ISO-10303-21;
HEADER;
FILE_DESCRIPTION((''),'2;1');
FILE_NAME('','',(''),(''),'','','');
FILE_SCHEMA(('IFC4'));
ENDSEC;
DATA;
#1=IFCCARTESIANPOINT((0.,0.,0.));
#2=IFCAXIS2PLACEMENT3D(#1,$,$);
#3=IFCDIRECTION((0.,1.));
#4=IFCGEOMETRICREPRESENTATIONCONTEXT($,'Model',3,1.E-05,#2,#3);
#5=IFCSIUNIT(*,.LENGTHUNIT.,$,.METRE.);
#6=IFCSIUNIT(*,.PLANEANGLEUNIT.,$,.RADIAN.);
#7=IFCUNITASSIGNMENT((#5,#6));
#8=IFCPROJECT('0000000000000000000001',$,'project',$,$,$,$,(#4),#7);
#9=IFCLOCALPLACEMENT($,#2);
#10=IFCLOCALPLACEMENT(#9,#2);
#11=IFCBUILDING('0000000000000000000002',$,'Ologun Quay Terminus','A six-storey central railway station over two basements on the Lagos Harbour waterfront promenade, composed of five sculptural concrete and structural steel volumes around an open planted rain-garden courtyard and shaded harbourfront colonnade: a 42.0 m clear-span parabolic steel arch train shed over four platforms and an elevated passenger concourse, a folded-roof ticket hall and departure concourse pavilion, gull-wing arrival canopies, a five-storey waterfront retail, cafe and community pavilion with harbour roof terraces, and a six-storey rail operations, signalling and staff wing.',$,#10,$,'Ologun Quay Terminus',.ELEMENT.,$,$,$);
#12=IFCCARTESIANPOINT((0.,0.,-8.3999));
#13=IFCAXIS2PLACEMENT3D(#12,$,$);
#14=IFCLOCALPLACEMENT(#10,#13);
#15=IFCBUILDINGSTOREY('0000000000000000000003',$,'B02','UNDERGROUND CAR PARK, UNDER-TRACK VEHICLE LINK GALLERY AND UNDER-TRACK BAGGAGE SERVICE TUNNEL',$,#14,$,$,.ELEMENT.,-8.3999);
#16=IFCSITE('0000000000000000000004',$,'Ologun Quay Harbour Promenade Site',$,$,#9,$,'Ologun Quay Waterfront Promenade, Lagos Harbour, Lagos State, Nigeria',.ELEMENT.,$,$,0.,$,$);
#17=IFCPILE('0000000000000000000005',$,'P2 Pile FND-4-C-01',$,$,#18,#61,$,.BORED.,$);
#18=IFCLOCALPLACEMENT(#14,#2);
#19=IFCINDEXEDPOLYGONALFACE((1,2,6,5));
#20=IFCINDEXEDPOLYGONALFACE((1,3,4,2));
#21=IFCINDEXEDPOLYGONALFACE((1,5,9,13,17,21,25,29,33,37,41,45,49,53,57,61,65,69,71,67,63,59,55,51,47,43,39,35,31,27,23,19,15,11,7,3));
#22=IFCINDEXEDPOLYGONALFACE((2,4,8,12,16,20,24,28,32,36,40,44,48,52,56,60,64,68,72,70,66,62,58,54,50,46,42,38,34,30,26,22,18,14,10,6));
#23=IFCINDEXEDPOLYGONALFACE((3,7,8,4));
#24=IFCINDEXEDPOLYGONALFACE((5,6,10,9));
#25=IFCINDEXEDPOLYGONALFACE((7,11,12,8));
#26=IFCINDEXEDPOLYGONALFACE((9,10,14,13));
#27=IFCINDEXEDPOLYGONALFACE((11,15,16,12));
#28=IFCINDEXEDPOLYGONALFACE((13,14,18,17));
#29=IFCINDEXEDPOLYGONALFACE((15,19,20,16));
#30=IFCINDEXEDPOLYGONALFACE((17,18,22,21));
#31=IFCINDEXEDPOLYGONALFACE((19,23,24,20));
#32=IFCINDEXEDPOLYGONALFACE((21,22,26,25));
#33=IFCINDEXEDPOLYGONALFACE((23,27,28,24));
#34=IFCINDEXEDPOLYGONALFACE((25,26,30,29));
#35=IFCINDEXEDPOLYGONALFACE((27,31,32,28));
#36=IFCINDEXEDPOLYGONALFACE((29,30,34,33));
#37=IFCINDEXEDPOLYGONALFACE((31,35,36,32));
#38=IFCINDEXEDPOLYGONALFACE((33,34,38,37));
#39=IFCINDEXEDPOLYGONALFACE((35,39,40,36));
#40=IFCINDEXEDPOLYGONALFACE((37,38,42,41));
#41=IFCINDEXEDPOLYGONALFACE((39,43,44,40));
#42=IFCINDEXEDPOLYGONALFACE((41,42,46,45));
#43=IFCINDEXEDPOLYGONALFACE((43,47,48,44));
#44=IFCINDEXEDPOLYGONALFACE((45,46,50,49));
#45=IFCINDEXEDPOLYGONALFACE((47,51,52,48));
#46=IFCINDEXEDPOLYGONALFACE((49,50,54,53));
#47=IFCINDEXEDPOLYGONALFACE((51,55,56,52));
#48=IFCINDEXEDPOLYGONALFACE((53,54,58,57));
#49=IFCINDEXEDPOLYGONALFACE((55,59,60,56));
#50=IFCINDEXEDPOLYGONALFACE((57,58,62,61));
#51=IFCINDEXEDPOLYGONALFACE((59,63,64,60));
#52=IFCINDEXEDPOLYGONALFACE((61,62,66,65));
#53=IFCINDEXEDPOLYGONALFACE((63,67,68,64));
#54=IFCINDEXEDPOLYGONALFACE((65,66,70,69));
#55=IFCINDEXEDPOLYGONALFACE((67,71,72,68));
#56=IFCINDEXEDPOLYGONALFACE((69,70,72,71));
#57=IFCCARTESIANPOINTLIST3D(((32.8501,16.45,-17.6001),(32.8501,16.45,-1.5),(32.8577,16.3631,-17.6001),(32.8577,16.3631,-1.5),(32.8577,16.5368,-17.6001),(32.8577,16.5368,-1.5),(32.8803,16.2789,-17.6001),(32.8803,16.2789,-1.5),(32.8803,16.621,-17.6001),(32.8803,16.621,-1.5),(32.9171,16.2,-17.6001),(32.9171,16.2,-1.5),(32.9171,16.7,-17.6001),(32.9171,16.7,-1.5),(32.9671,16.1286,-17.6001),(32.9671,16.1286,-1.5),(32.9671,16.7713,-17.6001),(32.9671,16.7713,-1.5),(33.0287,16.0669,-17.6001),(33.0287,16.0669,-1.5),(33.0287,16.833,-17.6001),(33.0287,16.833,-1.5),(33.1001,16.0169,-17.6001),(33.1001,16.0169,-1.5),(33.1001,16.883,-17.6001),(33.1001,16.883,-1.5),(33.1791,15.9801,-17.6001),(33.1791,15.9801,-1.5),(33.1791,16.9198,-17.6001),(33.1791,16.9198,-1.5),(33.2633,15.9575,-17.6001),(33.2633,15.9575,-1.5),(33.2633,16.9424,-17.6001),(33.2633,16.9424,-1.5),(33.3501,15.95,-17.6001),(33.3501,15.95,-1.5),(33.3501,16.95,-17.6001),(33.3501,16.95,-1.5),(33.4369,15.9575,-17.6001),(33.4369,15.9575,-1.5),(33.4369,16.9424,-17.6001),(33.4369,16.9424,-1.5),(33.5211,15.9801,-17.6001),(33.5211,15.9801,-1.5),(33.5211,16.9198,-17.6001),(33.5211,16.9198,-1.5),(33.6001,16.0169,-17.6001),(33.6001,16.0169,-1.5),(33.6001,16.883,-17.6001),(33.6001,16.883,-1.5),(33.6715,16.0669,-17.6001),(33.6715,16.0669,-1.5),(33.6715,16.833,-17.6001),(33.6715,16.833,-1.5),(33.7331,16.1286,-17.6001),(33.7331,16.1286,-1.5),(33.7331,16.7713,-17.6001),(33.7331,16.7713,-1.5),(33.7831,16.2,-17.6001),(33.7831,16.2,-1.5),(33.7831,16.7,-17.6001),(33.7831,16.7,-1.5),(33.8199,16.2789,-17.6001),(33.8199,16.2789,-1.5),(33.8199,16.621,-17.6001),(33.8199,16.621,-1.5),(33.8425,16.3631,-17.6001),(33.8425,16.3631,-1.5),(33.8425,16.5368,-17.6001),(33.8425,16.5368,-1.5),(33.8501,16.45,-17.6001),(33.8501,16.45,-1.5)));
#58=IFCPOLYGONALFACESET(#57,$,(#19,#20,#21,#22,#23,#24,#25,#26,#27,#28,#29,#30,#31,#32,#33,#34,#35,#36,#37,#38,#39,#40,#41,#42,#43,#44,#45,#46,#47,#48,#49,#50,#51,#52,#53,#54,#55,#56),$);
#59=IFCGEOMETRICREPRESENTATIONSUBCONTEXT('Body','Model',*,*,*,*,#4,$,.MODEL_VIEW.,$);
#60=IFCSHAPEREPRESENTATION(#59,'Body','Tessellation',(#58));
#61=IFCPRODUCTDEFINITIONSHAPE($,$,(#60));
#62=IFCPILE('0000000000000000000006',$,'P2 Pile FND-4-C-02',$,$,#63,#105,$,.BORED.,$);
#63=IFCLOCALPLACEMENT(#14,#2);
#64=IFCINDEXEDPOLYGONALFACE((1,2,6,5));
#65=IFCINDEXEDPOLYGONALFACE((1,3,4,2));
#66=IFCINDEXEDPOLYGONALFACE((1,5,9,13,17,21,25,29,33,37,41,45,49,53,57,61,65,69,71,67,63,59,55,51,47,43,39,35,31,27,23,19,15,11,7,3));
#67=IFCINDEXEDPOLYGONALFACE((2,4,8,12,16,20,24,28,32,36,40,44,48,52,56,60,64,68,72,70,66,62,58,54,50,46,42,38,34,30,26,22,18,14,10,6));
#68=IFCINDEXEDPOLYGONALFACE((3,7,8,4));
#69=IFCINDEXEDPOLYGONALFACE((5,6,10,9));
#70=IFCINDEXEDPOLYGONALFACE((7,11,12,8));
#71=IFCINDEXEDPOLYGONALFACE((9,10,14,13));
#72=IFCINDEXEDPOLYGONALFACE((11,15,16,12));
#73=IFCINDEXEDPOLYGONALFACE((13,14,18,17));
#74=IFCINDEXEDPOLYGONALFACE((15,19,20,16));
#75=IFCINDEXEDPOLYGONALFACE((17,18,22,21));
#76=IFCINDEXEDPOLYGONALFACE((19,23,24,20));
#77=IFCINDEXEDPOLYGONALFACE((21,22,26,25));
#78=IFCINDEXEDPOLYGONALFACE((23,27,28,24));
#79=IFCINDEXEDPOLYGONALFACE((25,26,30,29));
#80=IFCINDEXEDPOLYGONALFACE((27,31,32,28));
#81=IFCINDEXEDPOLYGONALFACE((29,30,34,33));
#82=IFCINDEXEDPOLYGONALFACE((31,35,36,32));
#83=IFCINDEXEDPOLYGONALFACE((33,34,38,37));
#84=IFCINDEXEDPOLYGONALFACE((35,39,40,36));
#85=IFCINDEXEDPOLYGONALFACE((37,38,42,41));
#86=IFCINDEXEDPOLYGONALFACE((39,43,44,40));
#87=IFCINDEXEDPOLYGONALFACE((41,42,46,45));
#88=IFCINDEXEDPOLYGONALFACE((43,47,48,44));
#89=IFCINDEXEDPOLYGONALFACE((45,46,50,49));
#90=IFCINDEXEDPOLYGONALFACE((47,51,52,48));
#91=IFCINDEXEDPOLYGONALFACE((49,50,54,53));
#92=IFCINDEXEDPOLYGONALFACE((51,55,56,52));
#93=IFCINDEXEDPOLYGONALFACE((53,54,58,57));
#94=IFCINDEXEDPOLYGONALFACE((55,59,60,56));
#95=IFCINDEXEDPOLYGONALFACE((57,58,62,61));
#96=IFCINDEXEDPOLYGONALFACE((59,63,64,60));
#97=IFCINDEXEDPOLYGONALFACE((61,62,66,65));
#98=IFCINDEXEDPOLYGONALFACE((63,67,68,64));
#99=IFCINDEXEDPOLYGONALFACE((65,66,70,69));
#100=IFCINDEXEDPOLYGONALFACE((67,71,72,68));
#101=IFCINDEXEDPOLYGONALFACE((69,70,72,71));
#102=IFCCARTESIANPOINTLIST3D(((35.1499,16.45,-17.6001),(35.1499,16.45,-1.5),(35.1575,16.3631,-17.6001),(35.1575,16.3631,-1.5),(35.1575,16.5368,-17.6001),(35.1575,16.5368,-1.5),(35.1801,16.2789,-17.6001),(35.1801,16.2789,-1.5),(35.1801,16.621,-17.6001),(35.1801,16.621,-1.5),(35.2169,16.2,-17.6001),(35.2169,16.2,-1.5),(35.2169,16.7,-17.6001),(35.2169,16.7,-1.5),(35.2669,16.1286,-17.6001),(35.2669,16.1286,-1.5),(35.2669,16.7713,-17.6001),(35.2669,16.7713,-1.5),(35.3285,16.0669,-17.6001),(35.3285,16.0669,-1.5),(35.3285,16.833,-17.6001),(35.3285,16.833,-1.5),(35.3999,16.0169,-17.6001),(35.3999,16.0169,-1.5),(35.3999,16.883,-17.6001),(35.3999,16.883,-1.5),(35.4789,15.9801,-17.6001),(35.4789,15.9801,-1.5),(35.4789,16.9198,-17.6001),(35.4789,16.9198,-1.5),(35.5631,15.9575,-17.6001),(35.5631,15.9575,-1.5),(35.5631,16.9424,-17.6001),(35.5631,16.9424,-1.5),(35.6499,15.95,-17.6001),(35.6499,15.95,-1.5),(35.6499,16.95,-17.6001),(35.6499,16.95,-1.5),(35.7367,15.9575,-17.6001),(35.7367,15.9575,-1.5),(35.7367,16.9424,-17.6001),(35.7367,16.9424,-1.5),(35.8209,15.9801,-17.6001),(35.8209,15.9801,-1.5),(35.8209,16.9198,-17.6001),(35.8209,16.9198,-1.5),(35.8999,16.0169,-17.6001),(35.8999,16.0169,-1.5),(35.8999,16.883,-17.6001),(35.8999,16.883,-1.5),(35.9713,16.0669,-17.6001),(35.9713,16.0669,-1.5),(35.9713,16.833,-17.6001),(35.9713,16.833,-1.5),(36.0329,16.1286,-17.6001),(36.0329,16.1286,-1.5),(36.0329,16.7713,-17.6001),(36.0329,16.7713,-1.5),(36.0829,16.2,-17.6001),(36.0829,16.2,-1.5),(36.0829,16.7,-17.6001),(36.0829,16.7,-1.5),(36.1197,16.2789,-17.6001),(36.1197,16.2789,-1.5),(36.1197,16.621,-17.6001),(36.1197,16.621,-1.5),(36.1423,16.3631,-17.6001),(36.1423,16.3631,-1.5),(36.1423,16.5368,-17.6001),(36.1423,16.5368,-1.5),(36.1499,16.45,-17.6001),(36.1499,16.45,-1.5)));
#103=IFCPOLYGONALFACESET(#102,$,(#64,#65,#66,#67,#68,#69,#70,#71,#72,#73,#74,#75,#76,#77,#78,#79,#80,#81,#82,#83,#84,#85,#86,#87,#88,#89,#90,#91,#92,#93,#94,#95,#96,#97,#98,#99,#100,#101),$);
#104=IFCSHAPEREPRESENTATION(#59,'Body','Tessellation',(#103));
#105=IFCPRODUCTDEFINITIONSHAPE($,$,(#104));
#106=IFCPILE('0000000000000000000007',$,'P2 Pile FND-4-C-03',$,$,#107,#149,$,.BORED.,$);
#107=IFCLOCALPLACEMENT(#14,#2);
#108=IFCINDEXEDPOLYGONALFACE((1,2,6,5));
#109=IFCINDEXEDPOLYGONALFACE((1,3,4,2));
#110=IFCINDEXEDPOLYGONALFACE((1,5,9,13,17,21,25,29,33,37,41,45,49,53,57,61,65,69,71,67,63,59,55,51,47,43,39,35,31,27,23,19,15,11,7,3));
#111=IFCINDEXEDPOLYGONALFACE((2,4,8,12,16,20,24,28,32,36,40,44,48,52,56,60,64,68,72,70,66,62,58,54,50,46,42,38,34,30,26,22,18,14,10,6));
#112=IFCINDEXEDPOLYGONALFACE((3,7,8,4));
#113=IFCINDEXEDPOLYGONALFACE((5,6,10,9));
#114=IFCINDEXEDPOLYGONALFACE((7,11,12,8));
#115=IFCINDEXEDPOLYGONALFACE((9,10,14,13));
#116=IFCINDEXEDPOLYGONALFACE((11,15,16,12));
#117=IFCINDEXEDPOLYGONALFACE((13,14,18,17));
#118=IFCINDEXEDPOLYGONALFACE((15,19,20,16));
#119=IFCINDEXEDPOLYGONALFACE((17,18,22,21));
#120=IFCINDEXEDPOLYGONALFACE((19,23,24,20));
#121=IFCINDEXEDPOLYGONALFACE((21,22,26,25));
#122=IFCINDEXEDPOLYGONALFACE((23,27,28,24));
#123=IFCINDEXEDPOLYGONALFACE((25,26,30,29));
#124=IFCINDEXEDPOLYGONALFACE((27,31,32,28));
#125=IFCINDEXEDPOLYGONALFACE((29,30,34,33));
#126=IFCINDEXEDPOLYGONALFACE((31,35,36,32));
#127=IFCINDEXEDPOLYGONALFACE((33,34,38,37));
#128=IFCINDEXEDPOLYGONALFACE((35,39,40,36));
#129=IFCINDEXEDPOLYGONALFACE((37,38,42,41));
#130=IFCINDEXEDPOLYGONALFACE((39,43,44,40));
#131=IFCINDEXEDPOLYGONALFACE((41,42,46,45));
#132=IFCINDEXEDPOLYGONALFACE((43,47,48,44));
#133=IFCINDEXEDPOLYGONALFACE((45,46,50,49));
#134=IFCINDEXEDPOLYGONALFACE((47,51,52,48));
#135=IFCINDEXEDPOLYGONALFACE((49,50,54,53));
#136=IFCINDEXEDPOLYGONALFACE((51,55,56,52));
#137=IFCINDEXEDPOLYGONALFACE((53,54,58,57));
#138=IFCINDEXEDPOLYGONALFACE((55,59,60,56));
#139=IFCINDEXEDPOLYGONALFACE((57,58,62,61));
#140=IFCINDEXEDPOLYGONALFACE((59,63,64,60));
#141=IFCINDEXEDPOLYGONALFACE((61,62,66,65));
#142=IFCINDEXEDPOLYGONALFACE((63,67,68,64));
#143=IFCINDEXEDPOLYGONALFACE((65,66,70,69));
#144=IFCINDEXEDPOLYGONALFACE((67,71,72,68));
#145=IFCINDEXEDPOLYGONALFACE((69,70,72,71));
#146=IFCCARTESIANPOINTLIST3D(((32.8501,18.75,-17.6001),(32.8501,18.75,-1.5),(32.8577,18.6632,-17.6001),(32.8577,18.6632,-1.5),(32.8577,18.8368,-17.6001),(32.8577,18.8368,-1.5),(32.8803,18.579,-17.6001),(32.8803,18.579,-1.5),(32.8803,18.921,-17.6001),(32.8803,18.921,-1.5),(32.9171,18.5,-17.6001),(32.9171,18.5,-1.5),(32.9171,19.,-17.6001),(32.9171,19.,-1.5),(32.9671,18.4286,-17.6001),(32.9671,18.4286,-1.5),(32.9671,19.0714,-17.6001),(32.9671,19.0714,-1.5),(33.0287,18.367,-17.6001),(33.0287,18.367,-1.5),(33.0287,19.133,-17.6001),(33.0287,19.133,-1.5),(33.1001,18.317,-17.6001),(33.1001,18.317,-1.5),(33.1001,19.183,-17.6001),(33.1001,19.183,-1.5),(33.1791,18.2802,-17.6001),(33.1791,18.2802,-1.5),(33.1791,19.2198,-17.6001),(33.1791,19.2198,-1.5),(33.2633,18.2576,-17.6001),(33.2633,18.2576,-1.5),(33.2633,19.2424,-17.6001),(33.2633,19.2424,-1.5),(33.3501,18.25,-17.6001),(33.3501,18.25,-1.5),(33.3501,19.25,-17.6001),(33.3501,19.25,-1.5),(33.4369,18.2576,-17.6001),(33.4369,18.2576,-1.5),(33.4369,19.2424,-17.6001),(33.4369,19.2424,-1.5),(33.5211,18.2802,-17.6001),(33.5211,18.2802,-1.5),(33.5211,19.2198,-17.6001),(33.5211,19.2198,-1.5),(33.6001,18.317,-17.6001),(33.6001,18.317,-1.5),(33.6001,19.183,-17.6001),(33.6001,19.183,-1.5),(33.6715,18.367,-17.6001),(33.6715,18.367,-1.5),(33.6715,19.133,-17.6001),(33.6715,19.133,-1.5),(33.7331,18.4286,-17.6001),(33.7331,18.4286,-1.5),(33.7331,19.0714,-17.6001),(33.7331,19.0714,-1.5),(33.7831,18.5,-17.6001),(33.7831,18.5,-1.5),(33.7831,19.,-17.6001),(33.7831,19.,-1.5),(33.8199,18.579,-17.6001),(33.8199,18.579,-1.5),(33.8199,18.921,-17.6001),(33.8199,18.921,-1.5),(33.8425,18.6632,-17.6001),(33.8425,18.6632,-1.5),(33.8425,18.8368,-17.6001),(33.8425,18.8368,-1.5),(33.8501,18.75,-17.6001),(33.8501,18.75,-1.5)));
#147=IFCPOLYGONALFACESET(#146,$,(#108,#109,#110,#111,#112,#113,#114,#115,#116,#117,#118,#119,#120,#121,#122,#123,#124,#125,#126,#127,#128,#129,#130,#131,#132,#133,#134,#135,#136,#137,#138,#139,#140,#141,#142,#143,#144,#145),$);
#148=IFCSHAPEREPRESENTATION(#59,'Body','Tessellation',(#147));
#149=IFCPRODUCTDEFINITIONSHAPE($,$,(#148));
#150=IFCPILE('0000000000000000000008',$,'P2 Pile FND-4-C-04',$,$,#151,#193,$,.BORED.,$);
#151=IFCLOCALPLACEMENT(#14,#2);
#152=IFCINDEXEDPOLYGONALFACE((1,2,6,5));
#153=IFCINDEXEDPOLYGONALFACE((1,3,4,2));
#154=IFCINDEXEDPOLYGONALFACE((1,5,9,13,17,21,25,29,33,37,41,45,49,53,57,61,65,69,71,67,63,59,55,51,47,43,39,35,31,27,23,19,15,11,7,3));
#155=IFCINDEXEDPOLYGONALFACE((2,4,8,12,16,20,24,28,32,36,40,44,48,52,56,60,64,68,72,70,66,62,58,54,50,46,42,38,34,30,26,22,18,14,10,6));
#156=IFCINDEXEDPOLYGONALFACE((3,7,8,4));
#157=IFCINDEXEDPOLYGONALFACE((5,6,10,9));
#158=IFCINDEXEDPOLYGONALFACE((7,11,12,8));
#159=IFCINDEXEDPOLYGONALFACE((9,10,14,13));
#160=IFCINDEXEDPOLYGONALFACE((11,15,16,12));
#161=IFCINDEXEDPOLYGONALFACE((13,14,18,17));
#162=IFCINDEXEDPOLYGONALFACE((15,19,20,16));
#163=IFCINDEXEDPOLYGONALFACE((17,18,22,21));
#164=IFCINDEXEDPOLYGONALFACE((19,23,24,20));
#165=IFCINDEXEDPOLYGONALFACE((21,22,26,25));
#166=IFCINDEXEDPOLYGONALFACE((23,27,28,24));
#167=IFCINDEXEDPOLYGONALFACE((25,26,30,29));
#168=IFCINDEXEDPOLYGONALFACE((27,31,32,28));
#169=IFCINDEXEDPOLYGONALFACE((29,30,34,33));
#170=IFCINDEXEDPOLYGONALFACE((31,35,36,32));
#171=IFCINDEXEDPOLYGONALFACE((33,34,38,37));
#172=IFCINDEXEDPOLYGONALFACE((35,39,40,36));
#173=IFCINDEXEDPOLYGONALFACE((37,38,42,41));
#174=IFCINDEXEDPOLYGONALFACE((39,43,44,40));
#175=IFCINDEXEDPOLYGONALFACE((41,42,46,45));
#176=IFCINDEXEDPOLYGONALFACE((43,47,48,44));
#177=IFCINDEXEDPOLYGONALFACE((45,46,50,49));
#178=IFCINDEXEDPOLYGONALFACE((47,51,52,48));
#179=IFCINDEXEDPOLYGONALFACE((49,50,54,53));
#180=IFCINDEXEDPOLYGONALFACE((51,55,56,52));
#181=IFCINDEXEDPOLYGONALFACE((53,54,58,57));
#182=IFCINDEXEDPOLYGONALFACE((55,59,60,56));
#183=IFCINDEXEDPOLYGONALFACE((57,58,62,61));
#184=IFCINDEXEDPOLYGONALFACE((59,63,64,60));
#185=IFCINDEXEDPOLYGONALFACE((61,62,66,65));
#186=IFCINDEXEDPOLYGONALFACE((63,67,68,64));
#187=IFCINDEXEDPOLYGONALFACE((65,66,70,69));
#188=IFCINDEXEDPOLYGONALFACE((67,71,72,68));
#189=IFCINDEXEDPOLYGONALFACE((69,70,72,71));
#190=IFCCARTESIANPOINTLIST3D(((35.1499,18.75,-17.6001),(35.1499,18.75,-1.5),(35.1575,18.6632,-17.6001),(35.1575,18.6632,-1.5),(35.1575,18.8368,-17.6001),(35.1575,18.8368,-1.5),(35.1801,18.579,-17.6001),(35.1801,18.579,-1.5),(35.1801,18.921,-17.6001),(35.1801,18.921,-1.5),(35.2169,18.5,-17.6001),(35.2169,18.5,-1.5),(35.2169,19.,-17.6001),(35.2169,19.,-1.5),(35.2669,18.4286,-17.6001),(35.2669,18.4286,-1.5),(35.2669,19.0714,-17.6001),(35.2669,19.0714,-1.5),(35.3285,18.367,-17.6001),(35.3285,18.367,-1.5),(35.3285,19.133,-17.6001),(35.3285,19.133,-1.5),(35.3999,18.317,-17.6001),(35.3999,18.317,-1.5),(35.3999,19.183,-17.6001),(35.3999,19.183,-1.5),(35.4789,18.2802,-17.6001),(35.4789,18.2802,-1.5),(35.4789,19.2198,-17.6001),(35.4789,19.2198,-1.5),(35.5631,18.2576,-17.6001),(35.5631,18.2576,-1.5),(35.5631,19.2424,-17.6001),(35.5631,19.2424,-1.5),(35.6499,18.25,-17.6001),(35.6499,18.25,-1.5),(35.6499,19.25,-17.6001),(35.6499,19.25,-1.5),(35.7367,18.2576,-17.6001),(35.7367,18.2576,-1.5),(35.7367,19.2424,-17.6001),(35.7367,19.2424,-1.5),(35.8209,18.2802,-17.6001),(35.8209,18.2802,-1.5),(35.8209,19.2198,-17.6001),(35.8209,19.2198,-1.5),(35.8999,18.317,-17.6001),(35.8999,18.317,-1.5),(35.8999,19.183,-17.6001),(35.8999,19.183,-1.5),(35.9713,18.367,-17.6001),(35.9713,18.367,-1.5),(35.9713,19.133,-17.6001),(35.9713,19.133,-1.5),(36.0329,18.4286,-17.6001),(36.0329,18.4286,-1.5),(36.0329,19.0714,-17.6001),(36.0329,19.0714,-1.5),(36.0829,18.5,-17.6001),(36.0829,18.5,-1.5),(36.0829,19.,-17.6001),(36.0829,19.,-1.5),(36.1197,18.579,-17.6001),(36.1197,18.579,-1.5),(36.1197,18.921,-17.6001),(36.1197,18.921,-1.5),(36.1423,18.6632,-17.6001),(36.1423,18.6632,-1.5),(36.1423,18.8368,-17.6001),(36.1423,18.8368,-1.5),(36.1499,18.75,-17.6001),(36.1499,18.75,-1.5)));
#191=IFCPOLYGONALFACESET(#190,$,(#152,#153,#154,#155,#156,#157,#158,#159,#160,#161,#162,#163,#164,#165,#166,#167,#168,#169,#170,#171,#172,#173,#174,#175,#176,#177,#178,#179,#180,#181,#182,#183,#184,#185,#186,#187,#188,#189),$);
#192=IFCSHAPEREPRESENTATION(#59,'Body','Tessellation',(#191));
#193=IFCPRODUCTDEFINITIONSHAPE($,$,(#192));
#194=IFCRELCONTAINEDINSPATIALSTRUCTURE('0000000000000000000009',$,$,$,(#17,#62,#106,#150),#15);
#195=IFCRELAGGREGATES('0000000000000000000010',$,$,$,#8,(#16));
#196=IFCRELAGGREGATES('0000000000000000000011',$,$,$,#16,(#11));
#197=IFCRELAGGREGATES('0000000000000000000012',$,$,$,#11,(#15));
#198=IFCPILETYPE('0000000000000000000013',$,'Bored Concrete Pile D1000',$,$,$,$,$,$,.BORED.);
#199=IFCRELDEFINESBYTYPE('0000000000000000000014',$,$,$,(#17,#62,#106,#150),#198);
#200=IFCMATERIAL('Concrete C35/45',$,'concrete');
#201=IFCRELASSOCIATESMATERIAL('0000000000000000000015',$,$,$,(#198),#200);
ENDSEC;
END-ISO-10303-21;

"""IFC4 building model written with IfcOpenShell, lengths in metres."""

from ifc_helpers import new_model, si_unit, direction, frame, origin, origin_2d, place, context, subcontext, project, spatial, circle, extrude, material, material_profile, profile_set, type_object, element, save


model = new_model("IFC4")

# Units and contexts
model_context = context("Model", 3, precision=1e-05, world=origin(), true_north=direction((0.0, 1.0)))
body_context = subcontext(model_context, "Body", "Model", "MODEL_VIEW")
ifc_project = project(units=[si_unit("LENGTHUNIT", "METRE"), si_unit("PLANEANGLEUNIT", "RADIAN")], contexts=[model_context])

# Site, building, storey
site_placement = place(None, origin())
site = spatial("IfcSite", under=ifc_project, at=site_placement, Name="Ologun Quay Harbour Promenade Site", LongName="Ologun Quay Waterfront Promenade, Lagos Harbour, Lagos State, Nigeria", CompositionType="ELEMENT", RefElevation=0.0)
building_placement = place(site_placement, origin())
building = spatial("IfcBuilding", under=site, at=building_placement, Name="Ologun Quay Terminus", Description="A six-storey central railway station over two basements on the Lagos Harbour waterfront promenade, composed of five sculptural concrete and structural steel volumes around an open planted rain-garden courtyard and shaded harbourfront colonnade: a 42.0 m clear-span parabolic steel arch train shed over four platforms and an elevated passenger concourse, a folded-roof ticket hall and departure concourse pavilion, gull-wing arrival canopies, a five-storey waterfront retail, cafe and community pavilion with harbour roof terraces, and a six-storey rail operations, signalling and staff wing.", LongName="Ologun Quay Terminus", CompositionType="ELEMENT")
storey_placement = place(building_placement, frame((0.0, 0.0, -8.3999)))
storey = spatial("IfcBuildingStorey", under=building, at=storey_placement, Name="B02", Description="UNDERGROUND CAR PARK, UNDER-TRACK VEHICLE LINK GALLERY AND UNDER-TRACK BAGGAGE SERVICE TUNNEL", CompositionType="ELEMENT", Elevation=-8.3999)

# Piles
ifc_material_1 = material(Name="Concrete C35/45", Category="concrete")
ifc_material_profile_1 = material_profile(ifc_material_1, circle(Radius=0.5, at=origin_2d()), Name="PILE D1000")
ifc_profile_set_1 = profile_set([ifc_material_profile_1], Name="Concrete C35/45")
pile_type = type_object("IfcPileType", Name="Bored Concrete Pile D1000", PredefinedType="BORED", material=ifc_profile_set_1)
for number, where, z_axis, x_axis, name in (
    (1, (33.3501, 16.45, -1.5), (0.0, 0.0, -1.0), (1.0, 0.0, 0.0), "P2 Pile FND-4-C-01"),
    (2, (35.6499, 16.45, -1.5), (0.0, 0.0, -1.0), (1.0, 0.0, 0.0), "P2 Pile FND-4-C-02"),
    (3, (33.3501, 18.75, -1.5), (0.0, 0.0, -1.0), (1.0, 0.0, 0.0), "P2 Pile FND-4-C-03"),
    (4, (35.6499, 18.75, -1.5), (0.0, 0.0, -1.0), (1.0, 0.0, 0.0), "P2 Pile FND-4-C-04"),
):
    element("IfcPile", number, at=place(storey_placement, frame(where, z_axis=z_axis, x_axis=x_axis)), inside=storey, type_object=pile_type, Name=name, PredefinedType="BORED", context=body_context, shape_type="SweptSolid", body=[
        extrude(circle(Radius=0.5, at=origin_2d()), origin(), (0.0, 0.0, 1.0), 16.1001),
    ])

save(model, "model.ifc")
